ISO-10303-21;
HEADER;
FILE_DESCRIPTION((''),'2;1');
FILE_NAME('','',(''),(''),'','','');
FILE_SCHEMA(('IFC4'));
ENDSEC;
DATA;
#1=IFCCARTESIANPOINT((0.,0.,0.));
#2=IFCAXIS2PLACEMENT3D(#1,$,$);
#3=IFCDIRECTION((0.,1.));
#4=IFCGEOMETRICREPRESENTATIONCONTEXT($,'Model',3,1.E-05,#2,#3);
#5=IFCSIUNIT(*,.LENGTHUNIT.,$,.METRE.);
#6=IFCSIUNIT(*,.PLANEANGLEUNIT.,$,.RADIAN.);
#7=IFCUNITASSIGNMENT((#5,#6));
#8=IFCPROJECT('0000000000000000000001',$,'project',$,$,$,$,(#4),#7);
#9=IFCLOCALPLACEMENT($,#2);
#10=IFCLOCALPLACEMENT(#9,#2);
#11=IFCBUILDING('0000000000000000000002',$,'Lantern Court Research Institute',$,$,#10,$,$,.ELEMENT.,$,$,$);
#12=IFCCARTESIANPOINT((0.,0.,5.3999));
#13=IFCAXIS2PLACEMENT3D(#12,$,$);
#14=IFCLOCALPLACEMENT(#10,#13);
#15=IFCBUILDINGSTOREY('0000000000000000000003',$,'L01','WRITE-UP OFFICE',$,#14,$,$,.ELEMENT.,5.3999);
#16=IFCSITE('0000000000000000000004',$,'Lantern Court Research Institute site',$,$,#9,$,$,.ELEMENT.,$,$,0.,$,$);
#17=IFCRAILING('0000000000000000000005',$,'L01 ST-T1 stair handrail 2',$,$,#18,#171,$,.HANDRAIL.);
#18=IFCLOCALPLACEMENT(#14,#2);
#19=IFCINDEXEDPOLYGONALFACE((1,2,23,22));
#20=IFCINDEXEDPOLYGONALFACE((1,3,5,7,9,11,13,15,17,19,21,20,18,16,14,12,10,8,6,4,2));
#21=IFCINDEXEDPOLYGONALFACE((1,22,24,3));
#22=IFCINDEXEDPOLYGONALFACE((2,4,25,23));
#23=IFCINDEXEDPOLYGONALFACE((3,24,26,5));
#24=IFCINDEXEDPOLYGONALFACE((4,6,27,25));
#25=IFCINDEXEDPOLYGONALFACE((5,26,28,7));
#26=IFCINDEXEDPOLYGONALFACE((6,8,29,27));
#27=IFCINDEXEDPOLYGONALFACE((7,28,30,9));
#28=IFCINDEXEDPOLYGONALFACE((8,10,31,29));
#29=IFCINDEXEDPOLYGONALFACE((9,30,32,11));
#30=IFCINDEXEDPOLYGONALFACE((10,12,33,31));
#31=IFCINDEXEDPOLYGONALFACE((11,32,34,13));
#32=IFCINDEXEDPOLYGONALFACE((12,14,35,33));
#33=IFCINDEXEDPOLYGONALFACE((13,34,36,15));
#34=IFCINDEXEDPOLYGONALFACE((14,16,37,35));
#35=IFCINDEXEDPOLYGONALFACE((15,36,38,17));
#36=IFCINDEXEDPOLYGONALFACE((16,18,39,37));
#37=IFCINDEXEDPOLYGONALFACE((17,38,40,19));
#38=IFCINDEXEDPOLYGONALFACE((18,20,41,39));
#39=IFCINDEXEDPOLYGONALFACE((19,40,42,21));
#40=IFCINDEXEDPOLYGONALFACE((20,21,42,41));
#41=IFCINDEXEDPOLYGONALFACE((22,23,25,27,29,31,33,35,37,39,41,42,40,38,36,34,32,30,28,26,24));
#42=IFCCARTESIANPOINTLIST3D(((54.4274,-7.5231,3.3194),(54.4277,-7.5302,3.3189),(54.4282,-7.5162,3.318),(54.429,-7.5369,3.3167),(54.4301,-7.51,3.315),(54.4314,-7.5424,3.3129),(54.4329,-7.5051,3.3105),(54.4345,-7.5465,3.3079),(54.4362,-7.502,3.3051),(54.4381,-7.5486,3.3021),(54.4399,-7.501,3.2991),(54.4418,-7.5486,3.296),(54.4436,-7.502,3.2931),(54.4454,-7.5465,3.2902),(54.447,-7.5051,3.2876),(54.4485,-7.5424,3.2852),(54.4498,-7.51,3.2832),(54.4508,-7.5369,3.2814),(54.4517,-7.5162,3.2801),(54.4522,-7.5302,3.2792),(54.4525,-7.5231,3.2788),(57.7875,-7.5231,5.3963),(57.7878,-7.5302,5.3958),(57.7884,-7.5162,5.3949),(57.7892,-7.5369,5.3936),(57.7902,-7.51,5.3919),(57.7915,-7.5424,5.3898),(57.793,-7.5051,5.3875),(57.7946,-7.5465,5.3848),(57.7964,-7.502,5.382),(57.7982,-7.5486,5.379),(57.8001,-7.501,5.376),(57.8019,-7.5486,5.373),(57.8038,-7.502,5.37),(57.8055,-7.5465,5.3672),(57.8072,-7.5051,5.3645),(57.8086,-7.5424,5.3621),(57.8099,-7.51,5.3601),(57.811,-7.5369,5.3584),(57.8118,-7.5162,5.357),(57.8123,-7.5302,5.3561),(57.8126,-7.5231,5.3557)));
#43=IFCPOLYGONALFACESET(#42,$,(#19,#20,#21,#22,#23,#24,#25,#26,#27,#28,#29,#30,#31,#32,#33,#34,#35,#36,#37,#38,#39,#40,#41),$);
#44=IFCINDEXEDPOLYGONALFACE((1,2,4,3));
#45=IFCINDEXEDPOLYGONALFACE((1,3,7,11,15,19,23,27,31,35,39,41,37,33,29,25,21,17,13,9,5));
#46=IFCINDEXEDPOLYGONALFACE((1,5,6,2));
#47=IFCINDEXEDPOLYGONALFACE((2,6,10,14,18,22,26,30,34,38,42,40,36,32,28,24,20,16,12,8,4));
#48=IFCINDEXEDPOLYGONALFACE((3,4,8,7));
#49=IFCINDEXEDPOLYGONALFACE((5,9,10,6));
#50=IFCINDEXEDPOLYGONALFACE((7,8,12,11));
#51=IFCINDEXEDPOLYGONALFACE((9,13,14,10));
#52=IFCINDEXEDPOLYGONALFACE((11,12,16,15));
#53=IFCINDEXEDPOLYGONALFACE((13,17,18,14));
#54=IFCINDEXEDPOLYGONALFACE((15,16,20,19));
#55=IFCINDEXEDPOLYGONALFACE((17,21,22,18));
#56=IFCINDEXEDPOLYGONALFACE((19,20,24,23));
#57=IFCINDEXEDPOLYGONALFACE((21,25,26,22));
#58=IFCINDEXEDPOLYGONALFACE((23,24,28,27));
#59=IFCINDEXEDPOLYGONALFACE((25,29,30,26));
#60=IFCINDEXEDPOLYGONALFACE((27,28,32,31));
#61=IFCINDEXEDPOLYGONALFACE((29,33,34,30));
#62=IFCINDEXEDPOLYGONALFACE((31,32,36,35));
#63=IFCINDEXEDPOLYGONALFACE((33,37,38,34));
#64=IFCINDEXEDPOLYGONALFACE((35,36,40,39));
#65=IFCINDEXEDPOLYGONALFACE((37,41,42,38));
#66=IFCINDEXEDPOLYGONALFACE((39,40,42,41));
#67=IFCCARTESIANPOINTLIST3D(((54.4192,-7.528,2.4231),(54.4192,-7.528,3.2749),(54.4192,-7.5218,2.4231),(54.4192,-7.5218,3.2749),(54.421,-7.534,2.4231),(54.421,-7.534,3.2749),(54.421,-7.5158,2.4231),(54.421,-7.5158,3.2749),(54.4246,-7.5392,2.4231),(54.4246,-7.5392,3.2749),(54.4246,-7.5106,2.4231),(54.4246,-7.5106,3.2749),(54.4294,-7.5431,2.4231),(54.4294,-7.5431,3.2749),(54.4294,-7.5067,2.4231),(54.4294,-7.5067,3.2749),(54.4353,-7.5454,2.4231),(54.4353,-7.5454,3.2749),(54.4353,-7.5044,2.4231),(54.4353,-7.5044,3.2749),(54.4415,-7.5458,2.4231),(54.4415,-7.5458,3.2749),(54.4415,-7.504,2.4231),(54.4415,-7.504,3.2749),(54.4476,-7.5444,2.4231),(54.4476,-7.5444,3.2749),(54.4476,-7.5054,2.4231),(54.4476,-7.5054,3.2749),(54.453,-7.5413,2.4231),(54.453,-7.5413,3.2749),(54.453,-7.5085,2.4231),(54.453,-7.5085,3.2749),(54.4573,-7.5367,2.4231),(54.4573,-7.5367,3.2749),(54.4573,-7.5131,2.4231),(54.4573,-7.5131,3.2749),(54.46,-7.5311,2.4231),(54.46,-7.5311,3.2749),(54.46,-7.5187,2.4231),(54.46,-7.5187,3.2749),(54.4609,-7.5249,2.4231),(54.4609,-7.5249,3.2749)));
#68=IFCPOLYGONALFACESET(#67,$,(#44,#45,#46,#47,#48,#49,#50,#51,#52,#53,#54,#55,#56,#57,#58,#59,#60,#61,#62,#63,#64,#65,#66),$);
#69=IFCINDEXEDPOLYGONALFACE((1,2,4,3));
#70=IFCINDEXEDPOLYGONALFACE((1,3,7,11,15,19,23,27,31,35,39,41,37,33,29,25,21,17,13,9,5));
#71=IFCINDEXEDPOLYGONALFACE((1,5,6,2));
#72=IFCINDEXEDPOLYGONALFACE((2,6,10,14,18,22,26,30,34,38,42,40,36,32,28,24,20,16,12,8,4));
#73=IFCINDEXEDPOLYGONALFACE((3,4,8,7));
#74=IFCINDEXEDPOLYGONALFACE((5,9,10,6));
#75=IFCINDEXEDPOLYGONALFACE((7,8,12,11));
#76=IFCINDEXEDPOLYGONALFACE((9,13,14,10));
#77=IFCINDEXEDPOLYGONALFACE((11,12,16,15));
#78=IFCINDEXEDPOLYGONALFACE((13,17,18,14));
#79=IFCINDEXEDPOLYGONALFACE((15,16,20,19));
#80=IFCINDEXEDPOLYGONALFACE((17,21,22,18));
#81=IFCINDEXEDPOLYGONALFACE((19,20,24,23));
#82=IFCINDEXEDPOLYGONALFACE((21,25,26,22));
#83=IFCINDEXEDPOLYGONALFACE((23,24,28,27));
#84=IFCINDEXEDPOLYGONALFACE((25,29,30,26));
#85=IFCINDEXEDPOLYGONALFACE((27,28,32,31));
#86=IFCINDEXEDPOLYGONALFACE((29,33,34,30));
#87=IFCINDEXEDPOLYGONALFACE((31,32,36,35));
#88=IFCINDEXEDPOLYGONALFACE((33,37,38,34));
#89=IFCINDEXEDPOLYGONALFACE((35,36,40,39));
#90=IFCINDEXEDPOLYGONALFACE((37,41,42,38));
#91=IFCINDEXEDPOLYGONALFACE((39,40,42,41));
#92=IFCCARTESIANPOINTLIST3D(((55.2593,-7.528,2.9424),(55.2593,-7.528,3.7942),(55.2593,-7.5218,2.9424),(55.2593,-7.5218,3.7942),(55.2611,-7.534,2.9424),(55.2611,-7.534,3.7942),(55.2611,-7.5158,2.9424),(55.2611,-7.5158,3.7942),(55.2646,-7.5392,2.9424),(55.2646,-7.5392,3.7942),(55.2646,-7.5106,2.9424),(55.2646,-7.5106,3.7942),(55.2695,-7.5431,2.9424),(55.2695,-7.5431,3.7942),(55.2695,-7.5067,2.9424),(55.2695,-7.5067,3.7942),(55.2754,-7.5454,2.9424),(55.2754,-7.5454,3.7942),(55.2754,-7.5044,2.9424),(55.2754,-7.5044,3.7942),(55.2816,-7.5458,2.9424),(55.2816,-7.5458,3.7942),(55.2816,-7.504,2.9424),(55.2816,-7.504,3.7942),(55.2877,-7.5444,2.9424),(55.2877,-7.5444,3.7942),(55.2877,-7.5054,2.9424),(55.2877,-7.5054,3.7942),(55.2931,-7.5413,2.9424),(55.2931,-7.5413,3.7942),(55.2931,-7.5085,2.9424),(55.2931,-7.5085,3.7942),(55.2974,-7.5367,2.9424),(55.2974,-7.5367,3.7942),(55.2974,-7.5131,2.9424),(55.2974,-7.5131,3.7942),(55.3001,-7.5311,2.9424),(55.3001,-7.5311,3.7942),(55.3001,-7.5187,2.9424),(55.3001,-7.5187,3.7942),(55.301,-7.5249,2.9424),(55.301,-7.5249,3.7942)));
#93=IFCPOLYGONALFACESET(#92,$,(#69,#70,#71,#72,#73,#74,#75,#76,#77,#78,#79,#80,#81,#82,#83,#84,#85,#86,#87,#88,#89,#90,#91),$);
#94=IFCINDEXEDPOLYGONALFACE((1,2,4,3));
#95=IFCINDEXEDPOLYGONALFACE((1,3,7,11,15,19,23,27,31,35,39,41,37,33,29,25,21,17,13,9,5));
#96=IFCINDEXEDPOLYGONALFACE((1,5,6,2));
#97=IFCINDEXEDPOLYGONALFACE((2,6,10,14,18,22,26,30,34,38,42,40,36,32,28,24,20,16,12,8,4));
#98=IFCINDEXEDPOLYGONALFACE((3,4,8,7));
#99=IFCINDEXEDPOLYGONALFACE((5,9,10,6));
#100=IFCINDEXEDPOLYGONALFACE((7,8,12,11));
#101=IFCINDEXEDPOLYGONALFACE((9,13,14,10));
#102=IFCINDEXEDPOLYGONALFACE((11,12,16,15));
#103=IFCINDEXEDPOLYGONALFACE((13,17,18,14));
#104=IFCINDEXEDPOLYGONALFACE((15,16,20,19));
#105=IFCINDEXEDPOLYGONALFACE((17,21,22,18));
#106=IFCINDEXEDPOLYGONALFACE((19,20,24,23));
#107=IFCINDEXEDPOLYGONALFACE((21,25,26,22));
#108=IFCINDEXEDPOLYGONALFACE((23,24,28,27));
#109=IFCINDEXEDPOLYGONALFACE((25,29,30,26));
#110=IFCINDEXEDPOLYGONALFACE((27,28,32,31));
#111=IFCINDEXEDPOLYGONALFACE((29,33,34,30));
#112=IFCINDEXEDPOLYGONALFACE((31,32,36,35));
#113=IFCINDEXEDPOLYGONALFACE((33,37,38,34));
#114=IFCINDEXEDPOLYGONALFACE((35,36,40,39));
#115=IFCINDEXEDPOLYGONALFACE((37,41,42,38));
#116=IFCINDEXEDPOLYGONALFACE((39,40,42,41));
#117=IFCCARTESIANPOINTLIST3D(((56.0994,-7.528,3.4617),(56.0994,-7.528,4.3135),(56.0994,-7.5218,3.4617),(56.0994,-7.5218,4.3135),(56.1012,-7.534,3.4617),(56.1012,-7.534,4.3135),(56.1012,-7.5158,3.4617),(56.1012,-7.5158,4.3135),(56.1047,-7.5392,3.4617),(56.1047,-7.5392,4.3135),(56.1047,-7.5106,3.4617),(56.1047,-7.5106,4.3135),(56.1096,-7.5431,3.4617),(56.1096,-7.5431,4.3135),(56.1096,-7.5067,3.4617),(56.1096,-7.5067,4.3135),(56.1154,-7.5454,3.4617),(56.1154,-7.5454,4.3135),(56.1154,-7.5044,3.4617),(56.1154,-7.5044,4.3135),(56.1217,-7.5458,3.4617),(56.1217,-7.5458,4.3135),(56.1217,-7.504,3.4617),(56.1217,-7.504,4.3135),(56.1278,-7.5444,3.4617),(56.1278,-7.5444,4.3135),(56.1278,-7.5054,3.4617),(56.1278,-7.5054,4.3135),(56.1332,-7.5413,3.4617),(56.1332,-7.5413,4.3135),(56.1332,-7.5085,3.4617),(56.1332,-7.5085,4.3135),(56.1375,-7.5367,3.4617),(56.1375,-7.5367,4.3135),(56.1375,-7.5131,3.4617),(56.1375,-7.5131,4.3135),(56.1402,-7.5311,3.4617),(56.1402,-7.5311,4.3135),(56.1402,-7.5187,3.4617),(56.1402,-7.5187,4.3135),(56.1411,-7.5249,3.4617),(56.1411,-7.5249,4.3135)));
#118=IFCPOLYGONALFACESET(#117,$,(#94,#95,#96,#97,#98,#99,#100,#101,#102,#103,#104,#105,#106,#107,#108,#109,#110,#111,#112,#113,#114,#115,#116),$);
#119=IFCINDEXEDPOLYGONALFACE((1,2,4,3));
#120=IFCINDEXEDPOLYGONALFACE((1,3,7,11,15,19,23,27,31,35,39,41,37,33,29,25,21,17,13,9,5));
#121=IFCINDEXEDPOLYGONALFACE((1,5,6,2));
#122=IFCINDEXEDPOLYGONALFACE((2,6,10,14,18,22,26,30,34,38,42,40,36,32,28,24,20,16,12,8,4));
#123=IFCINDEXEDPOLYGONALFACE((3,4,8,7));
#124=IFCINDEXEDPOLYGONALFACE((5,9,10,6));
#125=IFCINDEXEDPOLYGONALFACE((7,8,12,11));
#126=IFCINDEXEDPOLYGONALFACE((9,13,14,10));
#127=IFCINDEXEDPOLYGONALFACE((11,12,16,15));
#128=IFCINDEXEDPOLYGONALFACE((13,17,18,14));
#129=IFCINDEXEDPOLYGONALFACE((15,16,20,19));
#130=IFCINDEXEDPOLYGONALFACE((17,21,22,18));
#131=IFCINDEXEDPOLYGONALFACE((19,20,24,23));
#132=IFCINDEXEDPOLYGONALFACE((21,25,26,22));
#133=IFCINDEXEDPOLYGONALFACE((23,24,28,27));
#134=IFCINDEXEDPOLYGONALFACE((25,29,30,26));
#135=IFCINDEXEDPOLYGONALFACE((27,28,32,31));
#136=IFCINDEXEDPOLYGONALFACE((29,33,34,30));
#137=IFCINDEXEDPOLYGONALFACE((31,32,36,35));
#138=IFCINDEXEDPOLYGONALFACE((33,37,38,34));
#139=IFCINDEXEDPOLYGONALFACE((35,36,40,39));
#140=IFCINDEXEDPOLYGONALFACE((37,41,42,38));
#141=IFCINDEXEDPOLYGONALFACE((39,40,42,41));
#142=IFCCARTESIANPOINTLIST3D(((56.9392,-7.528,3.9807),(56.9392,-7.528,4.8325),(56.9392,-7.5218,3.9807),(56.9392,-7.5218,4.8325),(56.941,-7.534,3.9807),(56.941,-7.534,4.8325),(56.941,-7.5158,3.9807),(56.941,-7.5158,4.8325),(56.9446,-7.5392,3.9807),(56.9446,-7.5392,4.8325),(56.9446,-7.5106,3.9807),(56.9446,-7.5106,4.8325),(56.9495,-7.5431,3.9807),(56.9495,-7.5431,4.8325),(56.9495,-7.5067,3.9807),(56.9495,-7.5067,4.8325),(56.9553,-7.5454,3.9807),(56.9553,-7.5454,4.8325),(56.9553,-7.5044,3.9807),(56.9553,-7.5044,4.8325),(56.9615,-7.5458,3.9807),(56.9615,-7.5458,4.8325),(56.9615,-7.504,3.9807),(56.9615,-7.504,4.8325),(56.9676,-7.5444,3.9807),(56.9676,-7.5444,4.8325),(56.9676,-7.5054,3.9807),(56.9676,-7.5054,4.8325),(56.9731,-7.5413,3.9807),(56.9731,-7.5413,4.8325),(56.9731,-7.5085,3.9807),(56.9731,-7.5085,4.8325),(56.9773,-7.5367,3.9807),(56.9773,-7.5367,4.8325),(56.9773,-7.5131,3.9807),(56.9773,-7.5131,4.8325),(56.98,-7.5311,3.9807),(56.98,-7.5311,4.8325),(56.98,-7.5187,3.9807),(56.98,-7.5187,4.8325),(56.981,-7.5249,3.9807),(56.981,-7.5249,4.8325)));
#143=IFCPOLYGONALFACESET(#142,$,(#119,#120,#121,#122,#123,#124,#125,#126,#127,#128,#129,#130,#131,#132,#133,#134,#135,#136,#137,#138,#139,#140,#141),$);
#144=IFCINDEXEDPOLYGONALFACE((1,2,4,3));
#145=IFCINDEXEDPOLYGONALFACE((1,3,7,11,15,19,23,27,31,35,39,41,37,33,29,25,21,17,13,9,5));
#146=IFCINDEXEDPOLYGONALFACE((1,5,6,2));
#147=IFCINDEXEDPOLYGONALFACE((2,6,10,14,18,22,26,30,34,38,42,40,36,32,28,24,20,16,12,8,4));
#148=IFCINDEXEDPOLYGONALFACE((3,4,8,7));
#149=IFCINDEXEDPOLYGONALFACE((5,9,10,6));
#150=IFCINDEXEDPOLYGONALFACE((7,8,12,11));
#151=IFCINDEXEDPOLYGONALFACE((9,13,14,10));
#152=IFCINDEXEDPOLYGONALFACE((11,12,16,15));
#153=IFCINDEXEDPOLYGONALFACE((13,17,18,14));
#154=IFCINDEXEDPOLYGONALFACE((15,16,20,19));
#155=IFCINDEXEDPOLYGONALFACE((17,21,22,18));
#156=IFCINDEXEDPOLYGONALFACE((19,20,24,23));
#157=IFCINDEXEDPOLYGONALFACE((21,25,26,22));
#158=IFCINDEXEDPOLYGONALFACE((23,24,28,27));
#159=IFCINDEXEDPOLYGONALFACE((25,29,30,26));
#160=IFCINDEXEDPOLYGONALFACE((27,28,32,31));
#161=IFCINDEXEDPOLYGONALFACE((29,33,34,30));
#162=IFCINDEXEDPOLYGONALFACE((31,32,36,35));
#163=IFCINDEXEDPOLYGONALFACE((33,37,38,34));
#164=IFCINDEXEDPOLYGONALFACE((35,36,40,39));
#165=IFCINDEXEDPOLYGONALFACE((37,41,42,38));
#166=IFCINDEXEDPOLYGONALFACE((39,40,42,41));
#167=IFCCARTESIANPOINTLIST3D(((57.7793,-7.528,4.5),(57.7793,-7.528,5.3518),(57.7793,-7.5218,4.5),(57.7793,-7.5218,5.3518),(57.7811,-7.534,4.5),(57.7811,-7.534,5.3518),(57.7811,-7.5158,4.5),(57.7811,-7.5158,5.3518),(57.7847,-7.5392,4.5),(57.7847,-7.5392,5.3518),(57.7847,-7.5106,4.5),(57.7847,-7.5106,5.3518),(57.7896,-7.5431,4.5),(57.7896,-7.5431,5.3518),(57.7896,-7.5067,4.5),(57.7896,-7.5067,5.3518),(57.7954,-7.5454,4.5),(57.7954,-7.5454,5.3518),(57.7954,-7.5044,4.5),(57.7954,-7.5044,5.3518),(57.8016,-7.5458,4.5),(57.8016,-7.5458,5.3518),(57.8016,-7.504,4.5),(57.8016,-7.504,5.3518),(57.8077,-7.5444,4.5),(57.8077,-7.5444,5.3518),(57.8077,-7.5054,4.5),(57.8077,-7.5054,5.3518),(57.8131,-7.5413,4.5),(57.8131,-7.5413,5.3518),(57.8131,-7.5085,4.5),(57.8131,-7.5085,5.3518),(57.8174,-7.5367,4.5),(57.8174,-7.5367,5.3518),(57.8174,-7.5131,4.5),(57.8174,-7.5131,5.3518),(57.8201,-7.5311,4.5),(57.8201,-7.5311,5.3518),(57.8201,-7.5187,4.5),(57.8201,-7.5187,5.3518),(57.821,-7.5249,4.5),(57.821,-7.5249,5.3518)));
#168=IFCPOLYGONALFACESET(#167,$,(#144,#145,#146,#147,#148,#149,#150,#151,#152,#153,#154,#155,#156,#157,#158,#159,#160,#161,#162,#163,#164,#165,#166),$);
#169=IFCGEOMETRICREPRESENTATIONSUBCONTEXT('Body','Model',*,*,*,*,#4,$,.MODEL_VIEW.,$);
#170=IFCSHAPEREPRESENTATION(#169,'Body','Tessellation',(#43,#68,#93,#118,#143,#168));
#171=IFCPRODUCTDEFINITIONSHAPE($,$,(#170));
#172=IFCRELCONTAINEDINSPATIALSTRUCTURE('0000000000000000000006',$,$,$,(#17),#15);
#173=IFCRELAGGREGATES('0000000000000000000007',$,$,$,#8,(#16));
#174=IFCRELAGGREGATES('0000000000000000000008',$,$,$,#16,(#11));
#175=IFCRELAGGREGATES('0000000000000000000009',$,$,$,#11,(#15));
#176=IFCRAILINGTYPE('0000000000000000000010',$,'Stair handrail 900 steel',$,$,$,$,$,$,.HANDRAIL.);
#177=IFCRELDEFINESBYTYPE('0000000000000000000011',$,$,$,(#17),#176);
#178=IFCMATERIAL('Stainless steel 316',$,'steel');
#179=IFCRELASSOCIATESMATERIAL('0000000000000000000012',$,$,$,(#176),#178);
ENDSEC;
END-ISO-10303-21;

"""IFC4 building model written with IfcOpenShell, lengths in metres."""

from ifc_helpers import new_model, si_unit, direction, frame, origin, origin_2d, place, context, subcontext, project, spatial, circle, extrude, material, type_object, element, save


model = new_model("IFC4")

# Units and contexts
model_context = context("Model", 3, precision=1e-05, world=origin(), true_north=direction((0.0, 1.0)))
body_context = subcontext(model_context, "Body", "Model", "MODEL_VIEW")
ifc_project = project(units=[si_unit("LENGTHUNIT", "METRE"), si_unit("PLANEANGLEUNIT", "RADIAN")], contexts=[model_context])

# Site, building, storey
site_placement = place(None, origin())
site = spatial("IfcSite", under=ifc_project, at=site_placement, Name="Lantern Court Research Institute site", CompositionType="ELEMENT", RefElevation=0.0)
building_placement = place(site_placement, origin())
building = spatial("IfcBuilding", under=site, at=building_placement, Name="Lantern Court Research Institute", CompositionType="ELEMENT")
storey_placement = place(building_placement, frame((0.0, 0.0, 5.3999)))
storey = spatial("IfcBuildingStorey", under=building, at=storey_placement, Name="L01", Description="WRITE-UP OFFICE", CompositionType="ELEMENT", Elevation=5.3999)

# Railing
ifc_material_1 = material(Name="Stainless steel 316", Category="steel")
railing_type_1 = type_object("IfcRailingType", Name="Stair handrail 900 steel", PredefinedType="HANDRAIL", material=ifc_material_1)
railing_1_placement = place(storey_placement, frame((54.4399, -7.5249, 2.4231)))
element("IfcRailing", 1, at=railing_1_placement, inside=storey, type_object=railing_type_1, Name="L01 ST-T1 stair handrail 2", PredefinedType="HANDRAIL", context=body_context, shape_type="SweptSolid", body=[
    extrude(circle(Radius=0.0239, at=origin_2d()), frame((0.0, 0.0, 0.876), z_axis=(0.850623, 0.0, 0.525776), x_axis=(0.0, 1.0, 0.0)), (0.0, 0.0, 1.0), 3.9502),
    extrude(circle(Radius=0.021, at=origin_2d()), origin(), (0.0, 0.0, 1.0), 0.8518),
    extrude(circle(Radius=0.021, at=origin_2d()), frame((0.8401, 0.0, 0.5193)), (0.0, 0.0, 1.0), 0.8518),
    extrude(circle(Radius=0.021, at=origin_2d()), frame((1.6802, 0.0, 1.0386)), (0.0, 0.0, 1.0), 0.8518),
    extrude(circle(Radius=0.021, at=origin_2d()), frame((2.52, 0.0, 1.5576)), (0.0, 0.0, 1.0), 0.8518),
    extrude(circle(Radius=0.021, at=origin_2d()), frame((3.3601, 0.0, 2.0769)), (0.0, 0.0, 1.0), 0.8518),
])

save(model, "model.ifc")
